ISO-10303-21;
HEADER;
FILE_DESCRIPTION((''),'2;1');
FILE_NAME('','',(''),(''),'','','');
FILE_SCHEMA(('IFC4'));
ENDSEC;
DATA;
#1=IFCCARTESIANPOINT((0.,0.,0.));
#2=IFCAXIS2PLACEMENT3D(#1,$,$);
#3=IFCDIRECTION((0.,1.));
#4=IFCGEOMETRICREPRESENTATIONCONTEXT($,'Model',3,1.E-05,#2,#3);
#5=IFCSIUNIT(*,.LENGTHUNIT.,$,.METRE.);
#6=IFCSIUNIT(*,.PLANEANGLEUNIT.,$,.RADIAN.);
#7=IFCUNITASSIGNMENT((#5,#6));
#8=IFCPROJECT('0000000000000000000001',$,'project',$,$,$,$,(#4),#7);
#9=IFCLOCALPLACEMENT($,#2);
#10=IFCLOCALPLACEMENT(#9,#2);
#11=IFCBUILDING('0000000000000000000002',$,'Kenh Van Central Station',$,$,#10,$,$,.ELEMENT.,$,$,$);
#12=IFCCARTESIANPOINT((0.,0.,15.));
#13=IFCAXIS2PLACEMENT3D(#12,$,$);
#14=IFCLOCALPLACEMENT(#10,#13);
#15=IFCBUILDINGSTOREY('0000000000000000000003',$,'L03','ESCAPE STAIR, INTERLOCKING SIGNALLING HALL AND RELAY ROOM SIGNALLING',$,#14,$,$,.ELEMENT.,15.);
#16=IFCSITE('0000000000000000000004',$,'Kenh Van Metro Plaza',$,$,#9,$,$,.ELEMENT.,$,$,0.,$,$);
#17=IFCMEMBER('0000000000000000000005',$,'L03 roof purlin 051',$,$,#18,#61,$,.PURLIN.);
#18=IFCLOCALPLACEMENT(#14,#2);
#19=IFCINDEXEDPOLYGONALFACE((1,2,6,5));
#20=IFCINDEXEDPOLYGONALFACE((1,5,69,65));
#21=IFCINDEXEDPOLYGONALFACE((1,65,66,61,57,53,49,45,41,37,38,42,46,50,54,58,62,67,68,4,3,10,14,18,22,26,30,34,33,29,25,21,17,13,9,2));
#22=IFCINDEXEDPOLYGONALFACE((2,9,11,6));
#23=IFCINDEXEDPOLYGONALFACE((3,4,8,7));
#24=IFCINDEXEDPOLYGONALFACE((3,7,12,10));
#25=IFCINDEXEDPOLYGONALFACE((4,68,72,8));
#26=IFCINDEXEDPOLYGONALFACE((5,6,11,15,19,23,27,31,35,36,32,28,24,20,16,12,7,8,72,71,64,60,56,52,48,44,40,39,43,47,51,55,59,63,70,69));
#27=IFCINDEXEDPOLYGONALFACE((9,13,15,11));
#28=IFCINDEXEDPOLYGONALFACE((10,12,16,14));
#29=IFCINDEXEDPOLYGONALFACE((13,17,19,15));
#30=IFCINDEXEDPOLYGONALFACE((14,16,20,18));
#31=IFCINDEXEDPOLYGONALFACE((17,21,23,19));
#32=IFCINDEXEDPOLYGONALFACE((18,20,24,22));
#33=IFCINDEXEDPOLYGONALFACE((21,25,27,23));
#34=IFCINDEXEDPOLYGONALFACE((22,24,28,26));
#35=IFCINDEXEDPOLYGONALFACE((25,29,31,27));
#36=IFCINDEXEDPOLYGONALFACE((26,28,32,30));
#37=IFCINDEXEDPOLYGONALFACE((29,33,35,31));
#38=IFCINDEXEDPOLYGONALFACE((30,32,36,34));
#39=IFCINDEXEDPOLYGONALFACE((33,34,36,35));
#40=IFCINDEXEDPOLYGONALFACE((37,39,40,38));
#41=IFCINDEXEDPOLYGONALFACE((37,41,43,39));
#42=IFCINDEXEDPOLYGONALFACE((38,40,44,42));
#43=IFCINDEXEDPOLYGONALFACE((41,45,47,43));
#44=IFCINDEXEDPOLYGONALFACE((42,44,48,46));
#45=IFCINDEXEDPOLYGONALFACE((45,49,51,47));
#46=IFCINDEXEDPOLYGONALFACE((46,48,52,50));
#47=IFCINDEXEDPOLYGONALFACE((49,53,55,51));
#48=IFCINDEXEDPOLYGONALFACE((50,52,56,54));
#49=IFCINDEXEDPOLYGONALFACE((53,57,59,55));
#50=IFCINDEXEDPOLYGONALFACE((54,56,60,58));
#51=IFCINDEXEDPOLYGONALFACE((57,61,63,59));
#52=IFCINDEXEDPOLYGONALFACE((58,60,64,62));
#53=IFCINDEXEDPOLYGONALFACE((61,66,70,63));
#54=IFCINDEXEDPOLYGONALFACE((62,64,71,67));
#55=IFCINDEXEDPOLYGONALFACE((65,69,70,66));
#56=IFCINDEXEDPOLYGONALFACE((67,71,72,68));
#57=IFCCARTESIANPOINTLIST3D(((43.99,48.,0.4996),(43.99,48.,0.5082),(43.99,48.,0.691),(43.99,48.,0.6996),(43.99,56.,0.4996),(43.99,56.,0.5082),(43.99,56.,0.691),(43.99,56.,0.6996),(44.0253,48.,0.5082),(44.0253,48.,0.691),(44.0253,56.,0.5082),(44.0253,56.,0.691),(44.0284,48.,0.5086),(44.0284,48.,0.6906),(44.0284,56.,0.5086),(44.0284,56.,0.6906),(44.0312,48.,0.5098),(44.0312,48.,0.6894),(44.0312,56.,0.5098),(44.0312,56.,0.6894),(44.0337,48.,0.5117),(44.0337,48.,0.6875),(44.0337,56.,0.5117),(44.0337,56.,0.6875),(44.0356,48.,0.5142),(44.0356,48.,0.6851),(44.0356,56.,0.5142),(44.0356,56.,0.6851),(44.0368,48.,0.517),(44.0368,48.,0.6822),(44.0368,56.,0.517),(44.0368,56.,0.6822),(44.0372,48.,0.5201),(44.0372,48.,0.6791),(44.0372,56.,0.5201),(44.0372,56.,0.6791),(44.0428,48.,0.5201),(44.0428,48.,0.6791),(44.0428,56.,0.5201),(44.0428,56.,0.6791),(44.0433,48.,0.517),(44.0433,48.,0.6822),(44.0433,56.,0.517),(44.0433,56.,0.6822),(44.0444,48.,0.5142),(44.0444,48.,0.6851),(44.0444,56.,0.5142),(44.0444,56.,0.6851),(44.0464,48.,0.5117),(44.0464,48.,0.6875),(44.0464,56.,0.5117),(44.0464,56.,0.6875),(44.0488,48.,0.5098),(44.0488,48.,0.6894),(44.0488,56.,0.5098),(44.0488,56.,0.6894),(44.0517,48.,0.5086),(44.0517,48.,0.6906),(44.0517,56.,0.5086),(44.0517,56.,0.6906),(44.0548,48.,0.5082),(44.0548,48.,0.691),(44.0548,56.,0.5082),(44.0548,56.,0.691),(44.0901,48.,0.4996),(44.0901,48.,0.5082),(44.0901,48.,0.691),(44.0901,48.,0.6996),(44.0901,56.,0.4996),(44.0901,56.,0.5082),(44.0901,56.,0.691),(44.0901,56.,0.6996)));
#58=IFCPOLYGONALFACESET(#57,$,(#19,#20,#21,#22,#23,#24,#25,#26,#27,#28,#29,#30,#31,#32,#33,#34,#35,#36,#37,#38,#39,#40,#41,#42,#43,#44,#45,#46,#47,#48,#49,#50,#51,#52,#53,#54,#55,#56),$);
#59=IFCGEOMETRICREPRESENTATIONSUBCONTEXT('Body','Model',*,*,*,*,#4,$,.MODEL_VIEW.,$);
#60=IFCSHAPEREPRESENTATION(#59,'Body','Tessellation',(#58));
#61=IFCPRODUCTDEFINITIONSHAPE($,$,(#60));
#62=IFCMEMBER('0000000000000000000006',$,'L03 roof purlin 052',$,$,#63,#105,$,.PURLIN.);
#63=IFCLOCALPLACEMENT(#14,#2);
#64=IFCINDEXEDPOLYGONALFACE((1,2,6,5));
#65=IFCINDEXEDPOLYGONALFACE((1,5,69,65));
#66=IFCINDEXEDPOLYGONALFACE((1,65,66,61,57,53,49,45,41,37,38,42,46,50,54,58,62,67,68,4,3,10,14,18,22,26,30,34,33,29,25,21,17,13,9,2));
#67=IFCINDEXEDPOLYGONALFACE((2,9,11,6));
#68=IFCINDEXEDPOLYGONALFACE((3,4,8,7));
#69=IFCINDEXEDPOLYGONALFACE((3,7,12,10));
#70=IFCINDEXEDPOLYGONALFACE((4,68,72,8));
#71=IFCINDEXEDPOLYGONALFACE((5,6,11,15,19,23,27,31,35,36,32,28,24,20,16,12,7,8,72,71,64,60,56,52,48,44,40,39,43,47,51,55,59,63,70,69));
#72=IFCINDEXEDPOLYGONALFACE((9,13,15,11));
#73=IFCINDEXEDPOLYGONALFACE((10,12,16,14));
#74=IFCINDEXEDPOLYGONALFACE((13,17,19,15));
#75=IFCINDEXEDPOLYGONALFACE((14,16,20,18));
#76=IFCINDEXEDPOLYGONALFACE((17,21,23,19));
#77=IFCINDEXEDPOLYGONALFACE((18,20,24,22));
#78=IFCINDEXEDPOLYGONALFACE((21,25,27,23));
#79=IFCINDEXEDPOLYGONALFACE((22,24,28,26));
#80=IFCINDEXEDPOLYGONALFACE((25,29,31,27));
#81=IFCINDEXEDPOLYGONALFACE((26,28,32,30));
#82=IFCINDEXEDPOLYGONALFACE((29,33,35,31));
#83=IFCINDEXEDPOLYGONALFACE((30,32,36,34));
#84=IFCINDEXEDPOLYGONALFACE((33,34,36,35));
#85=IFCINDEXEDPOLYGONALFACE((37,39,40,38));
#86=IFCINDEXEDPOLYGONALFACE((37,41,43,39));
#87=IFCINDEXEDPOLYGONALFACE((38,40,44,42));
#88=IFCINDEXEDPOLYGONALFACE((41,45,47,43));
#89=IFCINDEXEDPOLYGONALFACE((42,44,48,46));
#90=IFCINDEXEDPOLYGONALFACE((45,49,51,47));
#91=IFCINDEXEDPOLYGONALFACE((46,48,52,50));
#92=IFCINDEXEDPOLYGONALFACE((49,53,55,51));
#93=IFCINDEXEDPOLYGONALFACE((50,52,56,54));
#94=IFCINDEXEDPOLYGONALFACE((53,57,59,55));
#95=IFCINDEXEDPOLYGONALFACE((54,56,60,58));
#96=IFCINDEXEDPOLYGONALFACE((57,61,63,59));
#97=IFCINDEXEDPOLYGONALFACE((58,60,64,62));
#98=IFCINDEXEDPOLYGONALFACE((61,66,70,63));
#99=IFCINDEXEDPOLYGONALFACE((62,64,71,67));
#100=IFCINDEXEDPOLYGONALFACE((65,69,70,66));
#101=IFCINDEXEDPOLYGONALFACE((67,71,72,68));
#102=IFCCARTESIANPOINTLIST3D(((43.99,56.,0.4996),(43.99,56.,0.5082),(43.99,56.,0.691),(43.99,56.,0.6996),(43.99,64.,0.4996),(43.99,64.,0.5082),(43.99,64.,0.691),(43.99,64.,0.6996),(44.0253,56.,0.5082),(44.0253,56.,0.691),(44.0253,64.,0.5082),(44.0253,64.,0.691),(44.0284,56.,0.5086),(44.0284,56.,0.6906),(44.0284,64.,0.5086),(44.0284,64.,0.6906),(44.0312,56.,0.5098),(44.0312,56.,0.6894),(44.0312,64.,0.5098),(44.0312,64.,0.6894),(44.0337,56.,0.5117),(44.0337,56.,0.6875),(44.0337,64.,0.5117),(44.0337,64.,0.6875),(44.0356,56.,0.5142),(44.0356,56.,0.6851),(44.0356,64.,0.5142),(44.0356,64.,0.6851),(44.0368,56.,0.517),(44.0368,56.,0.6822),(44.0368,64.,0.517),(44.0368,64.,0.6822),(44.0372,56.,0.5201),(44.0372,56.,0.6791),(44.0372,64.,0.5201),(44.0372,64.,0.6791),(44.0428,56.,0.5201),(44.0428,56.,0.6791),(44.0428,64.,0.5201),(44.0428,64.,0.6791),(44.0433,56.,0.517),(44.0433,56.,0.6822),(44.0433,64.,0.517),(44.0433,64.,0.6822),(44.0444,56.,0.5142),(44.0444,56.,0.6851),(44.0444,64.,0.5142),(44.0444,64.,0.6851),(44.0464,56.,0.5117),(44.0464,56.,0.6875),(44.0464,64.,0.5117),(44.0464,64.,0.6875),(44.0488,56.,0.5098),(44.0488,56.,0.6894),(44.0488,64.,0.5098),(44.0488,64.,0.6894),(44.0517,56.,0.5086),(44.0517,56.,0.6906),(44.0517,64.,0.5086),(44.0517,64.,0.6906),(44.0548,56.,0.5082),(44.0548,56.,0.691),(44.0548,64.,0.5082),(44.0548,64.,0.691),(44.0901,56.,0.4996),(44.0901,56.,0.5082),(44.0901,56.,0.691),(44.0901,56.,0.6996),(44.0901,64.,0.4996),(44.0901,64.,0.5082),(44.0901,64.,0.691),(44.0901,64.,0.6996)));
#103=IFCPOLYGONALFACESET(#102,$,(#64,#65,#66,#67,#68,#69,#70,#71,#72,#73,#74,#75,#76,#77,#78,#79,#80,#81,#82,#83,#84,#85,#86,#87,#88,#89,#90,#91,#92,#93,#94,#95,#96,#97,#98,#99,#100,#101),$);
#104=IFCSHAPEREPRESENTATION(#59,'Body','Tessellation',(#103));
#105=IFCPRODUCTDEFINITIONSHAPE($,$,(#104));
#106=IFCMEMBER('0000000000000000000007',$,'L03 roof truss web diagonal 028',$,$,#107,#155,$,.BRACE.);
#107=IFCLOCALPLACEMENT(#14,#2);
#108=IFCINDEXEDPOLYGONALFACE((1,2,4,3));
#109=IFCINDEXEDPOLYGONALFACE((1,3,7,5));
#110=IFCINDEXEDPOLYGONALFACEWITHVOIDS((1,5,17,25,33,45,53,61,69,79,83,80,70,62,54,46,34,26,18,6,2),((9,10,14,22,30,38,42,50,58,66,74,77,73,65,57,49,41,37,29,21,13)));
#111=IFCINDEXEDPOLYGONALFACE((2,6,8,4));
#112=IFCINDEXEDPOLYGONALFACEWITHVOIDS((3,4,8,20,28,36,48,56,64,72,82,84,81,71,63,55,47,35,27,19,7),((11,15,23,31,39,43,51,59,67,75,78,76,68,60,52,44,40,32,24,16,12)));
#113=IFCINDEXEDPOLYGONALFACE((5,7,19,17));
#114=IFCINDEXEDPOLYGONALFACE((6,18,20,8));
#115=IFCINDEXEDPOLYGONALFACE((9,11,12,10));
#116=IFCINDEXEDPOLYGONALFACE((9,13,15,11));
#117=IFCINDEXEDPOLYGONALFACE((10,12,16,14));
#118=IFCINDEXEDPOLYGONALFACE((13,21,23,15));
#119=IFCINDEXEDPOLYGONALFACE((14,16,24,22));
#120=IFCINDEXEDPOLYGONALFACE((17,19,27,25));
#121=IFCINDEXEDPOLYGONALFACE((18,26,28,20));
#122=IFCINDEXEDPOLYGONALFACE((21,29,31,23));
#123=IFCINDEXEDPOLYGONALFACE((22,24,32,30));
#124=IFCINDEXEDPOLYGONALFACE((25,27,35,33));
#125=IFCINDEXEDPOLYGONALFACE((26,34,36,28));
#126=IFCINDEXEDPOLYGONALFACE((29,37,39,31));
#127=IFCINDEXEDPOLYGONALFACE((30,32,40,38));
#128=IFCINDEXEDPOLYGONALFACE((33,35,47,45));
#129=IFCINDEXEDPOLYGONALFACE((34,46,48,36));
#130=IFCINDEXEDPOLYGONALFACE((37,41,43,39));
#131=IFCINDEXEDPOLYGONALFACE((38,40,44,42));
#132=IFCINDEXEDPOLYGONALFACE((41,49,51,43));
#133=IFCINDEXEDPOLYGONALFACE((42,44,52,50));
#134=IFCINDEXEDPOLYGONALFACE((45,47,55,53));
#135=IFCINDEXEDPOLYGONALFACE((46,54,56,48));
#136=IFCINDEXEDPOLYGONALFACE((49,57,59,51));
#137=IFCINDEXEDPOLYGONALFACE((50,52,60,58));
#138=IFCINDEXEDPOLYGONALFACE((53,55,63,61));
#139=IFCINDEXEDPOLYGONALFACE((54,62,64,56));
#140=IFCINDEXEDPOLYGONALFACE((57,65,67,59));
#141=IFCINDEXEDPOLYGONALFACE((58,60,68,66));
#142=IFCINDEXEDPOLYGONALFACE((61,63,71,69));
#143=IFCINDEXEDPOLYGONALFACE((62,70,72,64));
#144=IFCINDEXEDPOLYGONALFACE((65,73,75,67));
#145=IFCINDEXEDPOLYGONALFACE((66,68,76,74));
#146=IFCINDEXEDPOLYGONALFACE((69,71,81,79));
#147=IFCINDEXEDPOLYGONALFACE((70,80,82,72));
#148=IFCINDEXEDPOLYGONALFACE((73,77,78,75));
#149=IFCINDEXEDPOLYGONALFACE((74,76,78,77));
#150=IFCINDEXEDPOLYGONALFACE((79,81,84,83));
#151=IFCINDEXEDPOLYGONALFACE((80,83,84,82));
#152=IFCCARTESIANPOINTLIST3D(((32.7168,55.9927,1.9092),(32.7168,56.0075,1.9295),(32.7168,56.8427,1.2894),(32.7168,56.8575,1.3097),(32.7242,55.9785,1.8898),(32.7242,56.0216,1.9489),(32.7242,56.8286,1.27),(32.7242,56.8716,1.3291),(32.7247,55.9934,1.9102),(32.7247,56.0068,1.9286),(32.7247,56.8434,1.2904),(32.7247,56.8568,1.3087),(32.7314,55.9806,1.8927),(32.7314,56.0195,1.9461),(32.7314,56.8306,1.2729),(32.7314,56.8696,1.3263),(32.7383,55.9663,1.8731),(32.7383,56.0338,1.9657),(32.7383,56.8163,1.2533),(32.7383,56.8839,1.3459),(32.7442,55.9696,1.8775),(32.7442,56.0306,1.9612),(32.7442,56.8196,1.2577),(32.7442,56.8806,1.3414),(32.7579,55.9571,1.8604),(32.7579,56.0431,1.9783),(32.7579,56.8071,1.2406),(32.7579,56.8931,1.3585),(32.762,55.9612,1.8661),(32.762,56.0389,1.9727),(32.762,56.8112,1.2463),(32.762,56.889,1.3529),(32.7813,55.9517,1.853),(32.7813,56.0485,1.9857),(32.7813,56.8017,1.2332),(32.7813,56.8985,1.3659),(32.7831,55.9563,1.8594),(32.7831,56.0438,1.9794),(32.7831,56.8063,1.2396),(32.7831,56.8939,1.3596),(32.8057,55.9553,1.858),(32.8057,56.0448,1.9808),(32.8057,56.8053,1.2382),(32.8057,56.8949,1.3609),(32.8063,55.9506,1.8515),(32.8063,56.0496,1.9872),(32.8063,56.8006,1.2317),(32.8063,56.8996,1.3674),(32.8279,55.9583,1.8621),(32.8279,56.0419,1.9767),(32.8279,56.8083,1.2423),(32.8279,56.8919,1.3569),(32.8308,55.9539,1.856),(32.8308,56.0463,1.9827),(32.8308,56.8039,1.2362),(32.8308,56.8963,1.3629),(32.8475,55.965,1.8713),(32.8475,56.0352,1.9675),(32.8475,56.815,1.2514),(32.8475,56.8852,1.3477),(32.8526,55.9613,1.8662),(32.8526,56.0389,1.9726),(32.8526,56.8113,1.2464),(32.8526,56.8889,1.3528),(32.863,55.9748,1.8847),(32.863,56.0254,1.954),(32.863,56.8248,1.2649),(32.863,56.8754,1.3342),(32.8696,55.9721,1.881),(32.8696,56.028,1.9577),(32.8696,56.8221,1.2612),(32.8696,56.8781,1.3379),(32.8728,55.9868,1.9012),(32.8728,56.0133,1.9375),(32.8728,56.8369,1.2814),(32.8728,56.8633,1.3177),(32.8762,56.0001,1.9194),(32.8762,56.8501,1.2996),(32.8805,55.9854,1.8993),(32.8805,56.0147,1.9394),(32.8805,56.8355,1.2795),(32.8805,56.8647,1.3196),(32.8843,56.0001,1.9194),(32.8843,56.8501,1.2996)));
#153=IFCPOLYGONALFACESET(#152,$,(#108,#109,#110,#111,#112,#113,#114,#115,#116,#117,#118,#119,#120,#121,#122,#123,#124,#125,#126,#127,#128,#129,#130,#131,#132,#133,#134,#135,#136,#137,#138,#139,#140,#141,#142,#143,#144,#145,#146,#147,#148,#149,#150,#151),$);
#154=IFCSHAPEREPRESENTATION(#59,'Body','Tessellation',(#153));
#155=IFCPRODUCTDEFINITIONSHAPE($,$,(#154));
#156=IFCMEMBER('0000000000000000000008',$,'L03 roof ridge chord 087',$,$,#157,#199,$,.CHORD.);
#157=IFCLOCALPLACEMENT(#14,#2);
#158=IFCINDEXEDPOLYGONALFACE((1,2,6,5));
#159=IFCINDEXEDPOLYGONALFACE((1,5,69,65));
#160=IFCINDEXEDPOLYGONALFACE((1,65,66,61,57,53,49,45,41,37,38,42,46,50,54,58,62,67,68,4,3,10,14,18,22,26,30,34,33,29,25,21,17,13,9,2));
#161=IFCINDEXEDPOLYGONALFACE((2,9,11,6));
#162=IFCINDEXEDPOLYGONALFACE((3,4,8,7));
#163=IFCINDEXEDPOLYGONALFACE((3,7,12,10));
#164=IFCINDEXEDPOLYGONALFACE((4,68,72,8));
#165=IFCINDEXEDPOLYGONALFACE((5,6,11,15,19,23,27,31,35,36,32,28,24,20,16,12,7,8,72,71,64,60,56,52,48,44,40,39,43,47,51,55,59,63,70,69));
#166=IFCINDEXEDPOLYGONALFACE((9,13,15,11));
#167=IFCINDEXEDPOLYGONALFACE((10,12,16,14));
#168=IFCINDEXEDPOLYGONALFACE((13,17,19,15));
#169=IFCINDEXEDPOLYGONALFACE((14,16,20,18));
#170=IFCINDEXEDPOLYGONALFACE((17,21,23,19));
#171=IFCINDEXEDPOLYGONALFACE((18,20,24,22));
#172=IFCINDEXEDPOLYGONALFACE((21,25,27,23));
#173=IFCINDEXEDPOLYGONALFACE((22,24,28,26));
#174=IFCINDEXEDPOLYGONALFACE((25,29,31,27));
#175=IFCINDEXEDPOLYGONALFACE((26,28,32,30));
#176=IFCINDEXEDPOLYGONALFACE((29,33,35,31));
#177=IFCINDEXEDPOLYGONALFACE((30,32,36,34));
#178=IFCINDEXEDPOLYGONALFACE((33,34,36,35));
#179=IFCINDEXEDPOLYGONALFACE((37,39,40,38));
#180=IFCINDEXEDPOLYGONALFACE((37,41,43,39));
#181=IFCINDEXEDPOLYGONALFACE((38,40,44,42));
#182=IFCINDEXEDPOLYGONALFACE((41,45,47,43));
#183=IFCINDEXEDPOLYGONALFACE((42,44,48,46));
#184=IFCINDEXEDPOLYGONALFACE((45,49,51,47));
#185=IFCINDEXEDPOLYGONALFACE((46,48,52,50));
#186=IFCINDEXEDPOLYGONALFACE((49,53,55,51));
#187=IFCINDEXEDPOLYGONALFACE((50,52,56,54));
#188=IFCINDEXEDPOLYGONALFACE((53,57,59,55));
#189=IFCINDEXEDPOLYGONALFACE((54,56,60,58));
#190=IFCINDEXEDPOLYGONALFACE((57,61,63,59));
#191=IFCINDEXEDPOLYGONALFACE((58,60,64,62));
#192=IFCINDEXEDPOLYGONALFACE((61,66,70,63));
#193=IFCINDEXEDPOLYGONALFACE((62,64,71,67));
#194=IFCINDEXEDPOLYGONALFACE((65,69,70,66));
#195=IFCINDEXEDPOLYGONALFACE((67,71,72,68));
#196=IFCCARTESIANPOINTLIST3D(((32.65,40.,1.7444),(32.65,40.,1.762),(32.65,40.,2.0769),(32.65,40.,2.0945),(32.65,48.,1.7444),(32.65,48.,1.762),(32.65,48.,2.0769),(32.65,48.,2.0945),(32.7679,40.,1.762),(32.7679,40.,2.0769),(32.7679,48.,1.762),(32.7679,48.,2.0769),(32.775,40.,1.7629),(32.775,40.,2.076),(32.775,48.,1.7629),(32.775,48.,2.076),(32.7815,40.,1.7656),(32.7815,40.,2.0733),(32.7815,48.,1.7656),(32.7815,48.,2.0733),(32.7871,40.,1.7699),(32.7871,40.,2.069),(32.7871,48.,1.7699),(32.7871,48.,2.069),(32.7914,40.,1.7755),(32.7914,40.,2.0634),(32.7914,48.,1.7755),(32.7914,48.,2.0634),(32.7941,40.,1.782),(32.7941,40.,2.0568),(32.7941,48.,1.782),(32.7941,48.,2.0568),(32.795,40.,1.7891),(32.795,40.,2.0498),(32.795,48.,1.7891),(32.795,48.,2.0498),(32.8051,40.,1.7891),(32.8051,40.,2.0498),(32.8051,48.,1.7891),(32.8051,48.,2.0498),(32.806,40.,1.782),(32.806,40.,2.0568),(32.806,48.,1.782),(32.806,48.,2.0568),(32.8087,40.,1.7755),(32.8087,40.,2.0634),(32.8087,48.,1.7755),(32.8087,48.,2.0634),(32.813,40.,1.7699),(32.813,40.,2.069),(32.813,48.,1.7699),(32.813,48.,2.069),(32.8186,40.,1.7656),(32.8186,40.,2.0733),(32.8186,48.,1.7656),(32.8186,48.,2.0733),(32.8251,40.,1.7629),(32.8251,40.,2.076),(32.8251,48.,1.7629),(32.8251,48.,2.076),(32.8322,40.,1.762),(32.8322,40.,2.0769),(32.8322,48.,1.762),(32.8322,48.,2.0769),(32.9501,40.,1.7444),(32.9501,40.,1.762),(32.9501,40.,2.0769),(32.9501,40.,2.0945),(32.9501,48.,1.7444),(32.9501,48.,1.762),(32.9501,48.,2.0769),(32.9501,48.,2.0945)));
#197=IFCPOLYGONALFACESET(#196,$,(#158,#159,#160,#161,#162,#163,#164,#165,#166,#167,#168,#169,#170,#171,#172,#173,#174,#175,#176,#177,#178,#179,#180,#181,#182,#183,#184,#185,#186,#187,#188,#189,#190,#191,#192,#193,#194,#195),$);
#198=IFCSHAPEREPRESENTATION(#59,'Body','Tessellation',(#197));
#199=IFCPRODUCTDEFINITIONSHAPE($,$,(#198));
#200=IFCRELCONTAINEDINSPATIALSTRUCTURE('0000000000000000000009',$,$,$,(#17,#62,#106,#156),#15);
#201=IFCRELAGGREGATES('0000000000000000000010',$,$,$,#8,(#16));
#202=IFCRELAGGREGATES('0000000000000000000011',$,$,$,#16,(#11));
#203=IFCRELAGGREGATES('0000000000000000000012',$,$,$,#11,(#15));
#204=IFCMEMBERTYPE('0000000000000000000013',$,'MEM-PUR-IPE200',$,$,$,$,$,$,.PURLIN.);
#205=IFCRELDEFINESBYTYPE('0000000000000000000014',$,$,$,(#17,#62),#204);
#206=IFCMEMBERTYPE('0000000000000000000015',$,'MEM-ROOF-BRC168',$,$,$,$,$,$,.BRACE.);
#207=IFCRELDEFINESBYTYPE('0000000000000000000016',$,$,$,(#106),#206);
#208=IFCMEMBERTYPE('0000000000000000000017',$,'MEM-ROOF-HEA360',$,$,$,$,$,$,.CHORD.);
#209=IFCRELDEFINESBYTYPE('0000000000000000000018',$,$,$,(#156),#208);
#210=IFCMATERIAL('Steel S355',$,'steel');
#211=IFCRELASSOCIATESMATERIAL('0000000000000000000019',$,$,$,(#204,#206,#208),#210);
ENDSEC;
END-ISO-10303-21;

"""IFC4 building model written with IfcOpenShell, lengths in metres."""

from ifc_helpers import new_model, si_unit, direction, frame, origin, origin_2d, place, context, subcontext, project, spatial, hollow_circle, i_section, extrude, material, material_profile, profile_set, type_object, element, save


model = new_model("IFC4")

# Units and contexts
model_context = context("Model", 3, precision=1e-05, world=origin(), true_north=direction((0.0, 1.0)))
body_context = subcontext(model_context, "Body", "Model", "MODEL_VIEW")
ifc_project = project(units=[si_unit("LENGTHUNIT", "METRE"), si_unit("PLANEANGLEUNIT", "RADIAN")], contexts=[model_context])

# Site, building, storey
site_placement = place(None, origin())
site = spatial("IfcSite", under=ifc_project, at=site_placement, Name="Kenh Van Metro Plaza", CompositionType="ELEMENT", RefElevation=0.0)
building_placement = place(site_placement, origin())
building = spatial("IfcBuilding", under=site, at=building_placement, Name="Kenh Van Central Station", CompositionType="ELEMENT")
storey_placement = place(building_placement, frame((0.0, 0.0, 15.0)))
storey = spatial("IfcBuildingStorey", under=building, at=storey_placement, Name="L03", Description="ESCAPE STAIR, INTERLOCKING SIGNALLING HALL AND RELAY ROOM SIGNALLING", CompositionType="ELEMENT", Elevation=15.0)

# Shared definitions
ifc_material_1 = material(Name="Steel S355", Category="steel")

# Members
ifc_material_profile_1 = material_profile(ifc_material_1, i_section(OverallWidth=0.1001, OverallDepth=0.2, WebThickness=0.0056, FlangeThickness=0.0085, FilletRadius=0.012, at=origin_2d()), Name="IPE 200")
ifc_profile_set_1 = profile_set([ifc_material_profile_1], Name="Steel S355")
member_type_1 = type_object("IfcMemberType", Name="MEM-PUR-IPE200", PredefinedType="PURLIN", material=ifc_profile_set_1)
for number, where, z_axis, x_axis, name in (
    (1, (44.04, 48.0, 0.5996), (0.0, 1.0, 0.0), (-1.0, 0.0, 0.0), "L03 roof purlin 051"),
    (2, (44.04, 56.0, 0.5996), (0.0, 1.0, 0.0), (-1.0, 0.0, 0.0), "L03 roof purlin 052"),
):
    element("IfcMember", number, at=place(storey_placement, frame(where, z_axis=z_axis, x_axis=x_axis)), inside=storey, type_object=member_type_1, Name=name, PredefinedType="PURLIN", context=body_context, shape_type="SweptSolid", body=[
        extrude(i_section(OverallWidth=0.1001, OverallDepth=0.2, WebThickness=0.0056, FlangeThickness=0.0085, FilletRadius=0.012, at=origin_2d()), origin(), (0.0, 0.0, 1.0), 8.0),
    ])
ifc_material_profile_2 = material_profile(ifc_material_1, hollow_circle(Radius=0.0842, WallThickness=0.0081, at=origin_2d()), Name="CHS 168.3x8")
ifc_profile_set_2 = profile_set([ifc_material_profile_2], Name="Steel S355")
member_type_2 = type_object("IfcMemberType", Name="MEM-ROOF-BRC168", PredefinedType="BRACE", material=ifc_profile_set_2)
member_1_placement = place(storey_placement, frame((32.8, 56.8501, 1.2996), z_axis=(0.0, -0.808003, 0.589178), x_axis=(1.0, 0.0, 0.0)))
element("IfcMember", 3, at=member_1_placement, inside=storey, type_object=member_type_2, Name="L03 roof truss web diagonal 028", PredefinedType="BRACE", context=body_context, shape_type="SweptSolid", body=[
    extrude(hollow_circle(Radius=0.0842, WallThickness=0.0081, at=origin_2d()), origin(), (0.0, 0.0, 1.0), 1.052),
])
ifc_material_profile_3 = material_profile(ifc_material_1, i_section(OverallWidth=0.3, OverallDepth=0.3501, WebThickness=0.01, FlangeThickness=0.0176, FilletRadius=0.0271, at=origin_2d()), Name="HEA 360")
ifc_profile_set_3 = profile_set([ifc_material_profile_3], Name="Steel S355")
member_type_3 = type_object("IfcMemberType", Name="MEM-ROOF-HEA360", PredefinedType="CHORD", material=ifc_profile_set_3)
for number, where, z_axis, x_axis, name in (
    (4, (32.8, 40.0, 1.9194), (0.0, 1.0, 0.0), (-1.0, 0.0, 0.0), "L03 roof ridge chord 087"),
):
    element("IfcMember", number, at=place(storey_placement, frame(where, z_axis=z_axis, x_axis=x_axis)), inside=storey, type_object=member_type_3, Name=name, PredefinedType="CHORD", context=body_context, shape_type="SweptSolid", body=[
        extrude(i_section(OverallWidth=0.3, OverallDepth=0.3501, WebThickness=0.01, FlangeThickness=0.0176, FilletRadius=0.0271, at=origin_2d()), origin(), (0.0, 0.0, 1.0), 8.0),
    ])

save(model, "model.ifc")
